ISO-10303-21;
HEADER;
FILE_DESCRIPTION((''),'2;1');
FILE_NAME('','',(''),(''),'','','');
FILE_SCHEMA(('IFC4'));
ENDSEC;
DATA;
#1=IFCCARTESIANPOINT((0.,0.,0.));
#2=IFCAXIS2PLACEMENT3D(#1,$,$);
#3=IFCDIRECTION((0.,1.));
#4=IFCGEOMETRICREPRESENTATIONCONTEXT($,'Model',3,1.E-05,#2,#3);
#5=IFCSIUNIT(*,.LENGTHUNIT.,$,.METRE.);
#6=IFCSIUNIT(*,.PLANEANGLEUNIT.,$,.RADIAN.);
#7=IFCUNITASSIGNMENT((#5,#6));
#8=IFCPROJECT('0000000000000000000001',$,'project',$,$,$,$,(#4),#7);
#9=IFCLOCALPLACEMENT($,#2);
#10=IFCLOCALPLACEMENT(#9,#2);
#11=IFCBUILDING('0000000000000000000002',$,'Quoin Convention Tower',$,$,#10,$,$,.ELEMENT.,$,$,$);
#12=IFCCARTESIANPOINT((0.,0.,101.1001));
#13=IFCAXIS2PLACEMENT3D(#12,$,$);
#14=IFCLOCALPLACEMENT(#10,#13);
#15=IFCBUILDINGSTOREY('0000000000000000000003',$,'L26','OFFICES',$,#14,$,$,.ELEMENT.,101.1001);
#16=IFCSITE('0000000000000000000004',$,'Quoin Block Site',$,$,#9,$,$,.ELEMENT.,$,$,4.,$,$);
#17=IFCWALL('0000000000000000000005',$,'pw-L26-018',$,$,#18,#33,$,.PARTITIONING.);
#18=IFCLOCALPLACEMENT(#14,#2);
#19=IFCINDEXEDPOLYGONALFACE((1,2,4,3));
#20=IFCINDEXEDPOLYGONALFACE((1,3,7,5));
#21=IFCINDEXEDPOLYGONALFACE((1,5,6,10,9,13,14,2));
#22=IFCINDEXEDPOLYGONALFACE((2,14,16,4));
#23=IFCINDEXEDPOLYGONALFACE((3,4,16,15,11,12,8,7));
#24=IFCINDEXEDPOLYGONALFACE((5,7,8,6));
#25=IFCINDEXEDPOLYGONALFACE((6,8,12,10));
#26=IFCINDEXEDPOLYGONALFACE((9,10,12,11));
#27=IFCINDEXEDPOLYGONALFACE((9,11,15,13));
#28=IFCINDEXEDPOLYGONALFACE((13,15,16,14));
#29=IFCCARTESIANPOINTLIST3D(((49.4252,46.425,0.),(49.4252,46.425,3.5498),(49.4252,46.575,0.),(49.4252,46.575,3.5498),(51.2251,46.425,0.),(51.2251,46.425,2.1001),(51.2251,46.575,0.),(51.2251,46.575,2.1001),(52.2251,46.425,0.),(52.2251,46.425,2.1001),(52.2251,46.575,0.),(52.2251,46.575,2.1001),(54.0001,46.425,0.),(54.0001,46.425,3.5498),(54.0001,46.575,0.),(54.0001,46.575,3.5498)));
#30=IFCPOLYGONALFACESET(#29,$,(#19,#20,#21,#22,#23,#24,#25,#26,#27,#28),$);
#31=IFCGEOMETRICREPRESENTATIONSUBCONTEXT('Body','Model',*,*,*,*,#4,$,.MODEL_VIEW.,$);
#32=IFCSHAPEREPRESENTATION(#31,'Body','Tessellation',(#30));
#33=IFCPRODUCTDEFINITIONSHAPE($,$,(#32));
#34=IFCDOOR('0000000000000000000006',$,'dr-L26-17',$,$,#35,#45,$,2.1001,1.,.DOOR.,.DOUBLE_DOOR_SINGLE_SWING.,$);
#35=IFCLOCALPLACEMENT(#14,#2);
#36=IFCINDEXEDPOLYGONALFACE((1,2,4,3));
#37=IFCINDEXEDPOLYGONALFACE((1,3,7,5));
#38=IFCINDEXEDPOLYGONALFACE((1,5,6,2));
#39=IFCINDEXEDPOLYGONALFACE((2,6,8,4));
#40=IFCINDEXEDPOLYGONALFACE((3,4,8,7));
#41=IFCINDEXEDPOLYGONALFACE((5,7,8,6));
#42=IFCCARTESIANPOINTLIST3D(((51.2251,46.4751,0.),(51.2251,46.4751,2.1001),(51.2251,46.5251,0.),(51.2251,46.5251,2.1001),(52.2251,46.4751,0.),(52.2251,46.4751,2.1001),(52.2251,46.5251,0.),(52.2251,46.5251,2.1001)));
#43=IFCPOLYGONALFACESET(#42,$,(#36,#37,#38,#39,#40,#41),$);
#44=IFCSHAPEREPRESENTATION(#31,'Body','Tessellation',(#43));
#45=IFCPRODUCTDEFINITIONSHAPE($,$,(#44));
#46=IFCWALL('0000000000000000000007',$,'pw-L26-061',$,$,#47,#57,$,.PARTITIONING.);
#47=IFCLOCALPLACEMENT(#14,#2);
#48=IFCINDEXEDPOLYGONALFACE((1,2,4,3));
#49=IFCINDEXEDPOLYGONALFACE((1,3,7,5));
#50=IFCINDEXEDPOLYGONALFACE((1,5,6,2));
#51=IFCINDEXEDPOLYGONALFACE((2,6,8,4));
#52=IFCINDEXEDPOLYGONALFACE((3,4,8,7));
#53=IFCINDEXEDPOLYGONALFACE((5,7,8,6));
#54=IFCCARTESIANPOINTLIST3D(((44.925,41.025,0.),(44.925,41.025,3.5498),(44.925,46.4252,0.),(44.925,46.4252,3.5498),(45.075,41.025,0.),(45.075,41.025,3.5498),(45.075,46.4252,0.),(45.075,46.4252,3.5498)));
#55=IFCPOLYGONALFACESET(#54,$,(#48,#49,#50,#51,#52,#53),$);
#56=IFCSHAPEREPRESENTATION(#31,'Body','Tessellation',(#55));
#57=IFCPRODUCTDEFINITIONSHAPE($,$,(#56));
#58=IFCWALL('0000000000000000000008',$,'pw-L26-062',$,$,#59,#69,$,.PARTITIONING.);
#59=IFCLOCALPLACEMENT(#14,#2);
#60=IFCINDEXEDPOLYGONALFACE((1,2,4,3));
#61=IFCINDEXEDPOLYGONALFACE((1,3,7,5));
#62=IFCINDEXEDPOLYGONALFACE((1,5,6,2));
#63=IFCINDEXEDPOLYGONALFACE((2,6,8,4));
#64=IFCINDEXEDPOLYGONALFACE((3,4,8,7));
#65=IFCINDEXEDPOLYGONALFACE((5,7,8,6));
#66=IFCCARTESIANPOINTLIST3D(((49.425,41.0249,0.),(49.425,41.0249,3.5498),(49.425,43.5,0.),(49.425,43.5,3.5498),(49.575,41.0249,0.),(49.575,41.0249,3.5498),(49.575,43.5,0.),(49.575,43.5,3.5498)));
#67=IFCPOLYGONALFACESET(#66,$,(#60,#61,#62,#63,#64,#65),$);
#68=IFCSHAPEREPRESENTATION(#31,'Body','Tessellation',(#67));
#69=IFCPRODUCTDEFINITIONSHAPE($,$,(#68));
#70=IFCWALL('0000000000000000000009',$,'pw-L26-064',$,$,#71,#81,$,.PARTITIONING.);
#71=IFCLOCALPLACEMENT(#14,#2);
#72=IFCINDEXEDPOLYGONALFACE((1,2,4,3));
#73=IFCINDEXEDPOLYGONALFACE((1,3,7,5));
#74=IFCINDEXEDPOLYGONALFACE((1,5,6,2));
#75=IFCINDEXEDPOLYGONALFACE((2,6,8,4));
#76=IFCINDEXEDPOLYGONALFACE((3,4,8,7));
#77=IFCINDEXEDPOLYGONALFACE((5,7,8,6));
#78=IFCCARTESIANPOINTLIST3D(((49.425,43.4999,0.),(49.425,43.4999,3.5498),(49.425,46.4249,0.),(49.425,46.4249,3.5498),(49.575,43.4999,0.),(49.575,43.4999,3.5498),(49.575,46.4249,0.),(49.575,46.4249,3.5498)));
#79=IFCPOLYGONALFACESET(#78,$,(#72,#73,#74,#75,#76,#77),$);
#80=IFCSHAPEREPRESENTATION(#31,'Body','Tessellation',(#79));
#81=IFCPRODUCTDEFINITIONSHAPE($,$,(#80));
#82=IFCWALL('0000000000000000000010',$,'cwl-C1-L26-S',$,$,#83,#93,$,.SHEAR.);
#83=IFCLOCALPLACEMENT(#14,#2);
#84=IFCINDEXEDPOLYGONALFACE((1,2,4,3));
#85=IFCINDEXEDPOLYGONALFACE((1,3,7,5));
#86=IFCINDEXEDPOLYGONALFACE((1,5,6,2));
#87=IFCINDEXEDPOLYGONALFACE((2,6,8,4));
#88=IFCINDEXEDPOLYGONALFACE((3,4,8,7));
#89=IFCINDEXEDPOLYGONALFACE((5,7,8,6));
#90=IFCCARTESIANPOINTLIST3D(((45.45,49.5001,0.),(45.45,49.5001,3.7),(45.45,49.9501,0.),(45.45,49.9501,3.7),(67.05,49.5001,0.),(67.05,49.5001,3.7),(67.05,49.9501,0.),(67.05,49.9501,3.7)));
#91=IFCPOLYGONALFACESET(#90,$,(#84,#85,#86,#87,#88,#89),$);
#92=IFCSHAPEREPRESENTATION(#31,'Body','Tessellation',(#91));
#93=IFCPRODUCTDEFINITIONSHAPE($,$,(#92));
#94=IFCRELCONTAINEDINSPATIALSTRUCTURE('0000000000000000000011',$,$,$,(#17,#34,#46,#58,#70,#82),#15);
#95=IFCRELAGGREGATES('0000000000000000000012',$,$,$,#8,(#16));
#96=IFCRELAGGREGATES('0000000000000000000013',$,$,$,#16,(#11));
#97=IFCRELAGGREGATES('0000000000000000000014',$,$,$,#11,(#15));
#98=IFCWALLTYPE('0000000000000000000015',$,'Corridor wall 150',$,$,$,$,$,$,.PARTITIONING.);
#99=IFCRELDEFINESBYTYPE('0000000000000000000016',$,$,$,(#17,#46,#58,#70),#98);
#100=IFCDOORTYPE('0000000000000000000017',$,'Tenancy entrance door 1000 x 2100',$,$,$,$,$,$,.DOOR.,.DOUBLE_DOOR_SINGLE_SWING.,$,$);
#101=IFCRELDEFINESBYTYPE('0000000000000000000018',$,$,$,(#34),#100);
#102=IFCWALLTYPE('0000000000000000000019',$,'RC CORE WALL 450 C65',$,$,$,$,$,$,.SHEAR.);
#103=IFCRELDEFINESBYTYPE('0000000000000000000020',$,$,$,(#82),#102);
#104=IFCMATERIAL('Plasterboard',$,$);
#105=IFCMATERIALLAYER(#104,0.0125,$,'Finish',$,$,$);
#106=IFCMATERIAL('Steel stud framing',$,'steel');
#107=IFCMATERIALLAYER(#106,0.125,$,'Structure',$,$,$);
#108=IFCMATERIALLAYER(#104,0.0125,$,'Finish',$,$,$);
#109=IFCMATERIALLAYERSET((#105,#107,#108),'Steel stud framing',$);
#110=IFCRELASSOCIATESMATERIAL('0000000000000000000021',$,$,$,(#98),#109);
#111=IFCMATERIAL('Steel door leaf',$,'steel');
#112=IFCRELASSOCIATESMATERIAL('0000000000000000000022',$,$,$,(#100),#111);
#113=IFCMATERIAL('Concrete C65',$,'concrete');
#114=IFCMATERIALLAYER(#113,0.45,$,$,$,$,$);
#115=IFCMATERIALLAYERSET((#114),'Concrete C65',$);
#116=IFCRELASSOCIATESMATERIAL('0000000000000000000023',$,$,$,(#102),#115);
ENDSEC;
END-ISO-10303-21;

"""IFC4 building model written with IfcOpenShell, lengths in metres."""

from ifc_helpers import new_model, si_unit, direction, frame, frame_2d, origin, place, context, subcontext, project, spatial, rectangle, extrude, material, layer, layer_set, type_object, element, fill, save


model = new_model("IFC4")

# Units and contexts
model_context = context("Model", 3, precision=1e-05, world=origin(), true_north=direction((0.0, 1.0)))
body_context = subcontext(model_context, "Body", "Model", "MODEL_VIEW")
ifc_project = project(units=[si_unit("LENGTHUNIT", "METRE"), si_unit("PLANEANGLEUNIT", "RADIAN")], contexts=[model_context])

# Site, building, storey
site_placement = place(None, origin())
site = spatial("IfcSite", under=ifc_project, at=site_placement, Name="Quoin Block Site", CompositionType="ELEMENT", RefElevation=4.0)
building_placement = place(site_placement, origin())
building = spatial("IfcBuilding", under=site, at=building_placement, Name="Quoin Convention Tower", CompositionType="ELEMENT")
storey_placement = place(building_placement, frame((0.0, 0.0, 101.1001)))
storey = spatial("IfcBuildingStorey", under=building, at=storey_placement, Name="L26", Description="OFFICES", CompositionType="ELEMENT", Elevation=101.1001)

# Shared definitions
ifc_material_1 = material(Name="Plasterboard")
ifc_material_2 = material(Name="Steel stud framing", Category="steel")
ifc_material_3 = material(Name="Steel door leaf", Category="steel")

# Wall, opening, door
ifc_layer_1 = layer(ifc_material_1, 0.0125, Name="Finish")
ifc_layer_2 = layer(ifc_material_2, 0.125, Name="Structure")
ifc_layer_3 = layer(ifc_material_1, 0.0125, Name="Finish")
ifc_layer_set_1 = layer_set([ifc_layer_1, ifc_layer_2, ifc_layer_3], Name="Steel stud framing")
wall_type_1 = type_object("IfcWallType", Name="Corridor wall 150", PredefinedType="PARTITIONING", material=ifc_layer_set_1)
wall_1_placement = place(storey_placement, frame((49.425, 46.5, 0.0), z_axis=(0.0, 0.0, 1.0), x_axis=(1.0, 0.0, 0.0)))
wall_1 = element("IfcWall", 1, at=wall_1_placement, inside=storey, type_object=wall_type_1, Name="pw-L26-018", PredefinedType="PARTITIONING", context=body_context, shape_type="SweptSolid", body=[
    extrude(rectangle(XDim=4.575, YDim=0.1499, at=frame_2d((2.2876, 0.0))), origin(), (0.0, 0.0, 1.0), 3.5498),
])
opening_1_placement = place(wall_1_placement, frame((1.8, 0.0, 0.0)))
opening_1 = element("IfcOpeningElement", 2, at=opening_1_placement, cuts=wall_1, PredefinedType="OPENING", context=body_context, shape_type="SweptSolid", body=[
    extrude(rectangle(XDim=1.0, YDim=2.1001, at=frame_2d((0.5, 1.05))), frame((0.0, 0.085, 0.0), z_axis=(0.0, -1.0, 0.0), x_axis=(1.0, 0.0, 0.0)), (0.0, 0.0, 1.0), 0.1699),
])
door_type_1 = type_object("IfcDoorType", Name="Tenancy entrance door 1000 x 2100", OperationType="DOUBLE_DOOR_SINGLE_SWING", PredefinedType="DOOR", material=ifc_material_3)
door_1_placement = place(opening_1_placement, frame((1.0, 0.0, 0.0), z_axis=(0.0, 0.0, 1.0), x_axis=(-1.0, 0.0, 0.0)))
door_1 = element("IfcDoor", 3, at=door_1_placement, inside=storey, type_object=door_type_1, Name="dr-L26-17", OperationType="DOUBLE_DOOR_SINGLE_SWING", OverallHeight=2.1001, OverallWidth=1.0, PredefinedType="DOOR", context=body_context, shape_type="SweptSolid", body=[
    extrude(rectangle(XDim=1.0, YDim=2.1001, at=frame_2d((0.5, 1.05))), frame((0.0, 0.0249, 0.0), z_axis=(0.0, -1.0, 0.0), x_axis=(1.0, 0.0, 0.0)), (0.0, 0.0, 1.0), 0.05),
])
fill(opening_1, door_1)

# Walls
wall_2_placement = place(storey_placement, frame((45.0, 41.0249, 0.0), z_axis=(0.0, 0.0, 1.0), x_axis=(0.0, 1.0, 0.0)))
element("IfcWall", 4, at=wall_2_placement, inside=storey, type_object=wall_type_1, Name="pw-L26-061", PredefinedType="PARTITIONING", context=body_context, shape_type="SweptSolid", body=[
    extrude(rectangle(XDim=5.4001, YDim=0.1499, at=frame_2d((2.7002, 0.0))), origin(), (0.0, 0.0, 1.0), 3.5498),
])
wall_3_placement = place(storey_placement, frame((49.5, 41.0249, 0.0), z_axis=(0.0, 0.0, 1.0), x_axis=(0.0, 1.0, 0.0)))
element("IfcWall", 5, at=wall_3_placement, inside=storey, type_object=wall_type_1, Name="pw-L26-062", PredefinedType="PARTITIONING", context=body_context, shape_type="SweptSolid", body=[
    extrude(rectangle(XDim=2.4751, YDim=0.1499, at=frame_2d((1.2375, 0.0))), origin(), (0.0, 0.0, 1.0), 3.5498),
])
wall_4_placement = place(storey_placement, frame((49.5, 43.5, 0.0), z_axis=(0.0, 0.0, 1.0), x_axis=(0.0, 1.0, 0.0)))
element("IfcWall", 6, at=wall_4_placement, inside=storey, type_object=wall_type_1, Name="pw-L26-064", PredefinedType="PARTITIONING", context=body_context, shape_type="SweptSolid", body=[
    extrude(rectangle(XDim=2.925, YDim=0.1499, at=frame_2d((1.4624, 0.0))), origin(), (0.0, 0.0, 1.0), 3.5498),
])
ifc_material_4 = material(Name="Concrete C65", Category="concrete")
ifc_layer_4 = layer(ifc_material_4, 0.45)
ifc_layer_set_2 = layer_set([ifc_layer_4], Name="Concrete C65")
wall_type_2 = type_object("IfcWallType", Name="RC CORE WALL 450 C65", PredefinedType="SHEAR", material=ifc_layer_set_2)
wall_5_placement = place(storey_placement, frame((45.45, 49.7251, 0.0), z_axis=(0.0, 0.0, 1.0), x_axis=(1.0, 0.0, 0.0)))
element("IfcWall", 7, at=wall_5_placement, inside=storey, type_object=wall_type_2, Name="cwl-C1-L26-S", PredefinedType="SHEAR", context=body_context, shape_type="SweptSolid", body=[
    extrude(rectangle(XDim=21.6001, YDim=0.45, at=frame_2d((10.8, 0.0))), origin(), (0.0, 0.0, 1.0), 3.7),
])

save(model, "model.ifc")
